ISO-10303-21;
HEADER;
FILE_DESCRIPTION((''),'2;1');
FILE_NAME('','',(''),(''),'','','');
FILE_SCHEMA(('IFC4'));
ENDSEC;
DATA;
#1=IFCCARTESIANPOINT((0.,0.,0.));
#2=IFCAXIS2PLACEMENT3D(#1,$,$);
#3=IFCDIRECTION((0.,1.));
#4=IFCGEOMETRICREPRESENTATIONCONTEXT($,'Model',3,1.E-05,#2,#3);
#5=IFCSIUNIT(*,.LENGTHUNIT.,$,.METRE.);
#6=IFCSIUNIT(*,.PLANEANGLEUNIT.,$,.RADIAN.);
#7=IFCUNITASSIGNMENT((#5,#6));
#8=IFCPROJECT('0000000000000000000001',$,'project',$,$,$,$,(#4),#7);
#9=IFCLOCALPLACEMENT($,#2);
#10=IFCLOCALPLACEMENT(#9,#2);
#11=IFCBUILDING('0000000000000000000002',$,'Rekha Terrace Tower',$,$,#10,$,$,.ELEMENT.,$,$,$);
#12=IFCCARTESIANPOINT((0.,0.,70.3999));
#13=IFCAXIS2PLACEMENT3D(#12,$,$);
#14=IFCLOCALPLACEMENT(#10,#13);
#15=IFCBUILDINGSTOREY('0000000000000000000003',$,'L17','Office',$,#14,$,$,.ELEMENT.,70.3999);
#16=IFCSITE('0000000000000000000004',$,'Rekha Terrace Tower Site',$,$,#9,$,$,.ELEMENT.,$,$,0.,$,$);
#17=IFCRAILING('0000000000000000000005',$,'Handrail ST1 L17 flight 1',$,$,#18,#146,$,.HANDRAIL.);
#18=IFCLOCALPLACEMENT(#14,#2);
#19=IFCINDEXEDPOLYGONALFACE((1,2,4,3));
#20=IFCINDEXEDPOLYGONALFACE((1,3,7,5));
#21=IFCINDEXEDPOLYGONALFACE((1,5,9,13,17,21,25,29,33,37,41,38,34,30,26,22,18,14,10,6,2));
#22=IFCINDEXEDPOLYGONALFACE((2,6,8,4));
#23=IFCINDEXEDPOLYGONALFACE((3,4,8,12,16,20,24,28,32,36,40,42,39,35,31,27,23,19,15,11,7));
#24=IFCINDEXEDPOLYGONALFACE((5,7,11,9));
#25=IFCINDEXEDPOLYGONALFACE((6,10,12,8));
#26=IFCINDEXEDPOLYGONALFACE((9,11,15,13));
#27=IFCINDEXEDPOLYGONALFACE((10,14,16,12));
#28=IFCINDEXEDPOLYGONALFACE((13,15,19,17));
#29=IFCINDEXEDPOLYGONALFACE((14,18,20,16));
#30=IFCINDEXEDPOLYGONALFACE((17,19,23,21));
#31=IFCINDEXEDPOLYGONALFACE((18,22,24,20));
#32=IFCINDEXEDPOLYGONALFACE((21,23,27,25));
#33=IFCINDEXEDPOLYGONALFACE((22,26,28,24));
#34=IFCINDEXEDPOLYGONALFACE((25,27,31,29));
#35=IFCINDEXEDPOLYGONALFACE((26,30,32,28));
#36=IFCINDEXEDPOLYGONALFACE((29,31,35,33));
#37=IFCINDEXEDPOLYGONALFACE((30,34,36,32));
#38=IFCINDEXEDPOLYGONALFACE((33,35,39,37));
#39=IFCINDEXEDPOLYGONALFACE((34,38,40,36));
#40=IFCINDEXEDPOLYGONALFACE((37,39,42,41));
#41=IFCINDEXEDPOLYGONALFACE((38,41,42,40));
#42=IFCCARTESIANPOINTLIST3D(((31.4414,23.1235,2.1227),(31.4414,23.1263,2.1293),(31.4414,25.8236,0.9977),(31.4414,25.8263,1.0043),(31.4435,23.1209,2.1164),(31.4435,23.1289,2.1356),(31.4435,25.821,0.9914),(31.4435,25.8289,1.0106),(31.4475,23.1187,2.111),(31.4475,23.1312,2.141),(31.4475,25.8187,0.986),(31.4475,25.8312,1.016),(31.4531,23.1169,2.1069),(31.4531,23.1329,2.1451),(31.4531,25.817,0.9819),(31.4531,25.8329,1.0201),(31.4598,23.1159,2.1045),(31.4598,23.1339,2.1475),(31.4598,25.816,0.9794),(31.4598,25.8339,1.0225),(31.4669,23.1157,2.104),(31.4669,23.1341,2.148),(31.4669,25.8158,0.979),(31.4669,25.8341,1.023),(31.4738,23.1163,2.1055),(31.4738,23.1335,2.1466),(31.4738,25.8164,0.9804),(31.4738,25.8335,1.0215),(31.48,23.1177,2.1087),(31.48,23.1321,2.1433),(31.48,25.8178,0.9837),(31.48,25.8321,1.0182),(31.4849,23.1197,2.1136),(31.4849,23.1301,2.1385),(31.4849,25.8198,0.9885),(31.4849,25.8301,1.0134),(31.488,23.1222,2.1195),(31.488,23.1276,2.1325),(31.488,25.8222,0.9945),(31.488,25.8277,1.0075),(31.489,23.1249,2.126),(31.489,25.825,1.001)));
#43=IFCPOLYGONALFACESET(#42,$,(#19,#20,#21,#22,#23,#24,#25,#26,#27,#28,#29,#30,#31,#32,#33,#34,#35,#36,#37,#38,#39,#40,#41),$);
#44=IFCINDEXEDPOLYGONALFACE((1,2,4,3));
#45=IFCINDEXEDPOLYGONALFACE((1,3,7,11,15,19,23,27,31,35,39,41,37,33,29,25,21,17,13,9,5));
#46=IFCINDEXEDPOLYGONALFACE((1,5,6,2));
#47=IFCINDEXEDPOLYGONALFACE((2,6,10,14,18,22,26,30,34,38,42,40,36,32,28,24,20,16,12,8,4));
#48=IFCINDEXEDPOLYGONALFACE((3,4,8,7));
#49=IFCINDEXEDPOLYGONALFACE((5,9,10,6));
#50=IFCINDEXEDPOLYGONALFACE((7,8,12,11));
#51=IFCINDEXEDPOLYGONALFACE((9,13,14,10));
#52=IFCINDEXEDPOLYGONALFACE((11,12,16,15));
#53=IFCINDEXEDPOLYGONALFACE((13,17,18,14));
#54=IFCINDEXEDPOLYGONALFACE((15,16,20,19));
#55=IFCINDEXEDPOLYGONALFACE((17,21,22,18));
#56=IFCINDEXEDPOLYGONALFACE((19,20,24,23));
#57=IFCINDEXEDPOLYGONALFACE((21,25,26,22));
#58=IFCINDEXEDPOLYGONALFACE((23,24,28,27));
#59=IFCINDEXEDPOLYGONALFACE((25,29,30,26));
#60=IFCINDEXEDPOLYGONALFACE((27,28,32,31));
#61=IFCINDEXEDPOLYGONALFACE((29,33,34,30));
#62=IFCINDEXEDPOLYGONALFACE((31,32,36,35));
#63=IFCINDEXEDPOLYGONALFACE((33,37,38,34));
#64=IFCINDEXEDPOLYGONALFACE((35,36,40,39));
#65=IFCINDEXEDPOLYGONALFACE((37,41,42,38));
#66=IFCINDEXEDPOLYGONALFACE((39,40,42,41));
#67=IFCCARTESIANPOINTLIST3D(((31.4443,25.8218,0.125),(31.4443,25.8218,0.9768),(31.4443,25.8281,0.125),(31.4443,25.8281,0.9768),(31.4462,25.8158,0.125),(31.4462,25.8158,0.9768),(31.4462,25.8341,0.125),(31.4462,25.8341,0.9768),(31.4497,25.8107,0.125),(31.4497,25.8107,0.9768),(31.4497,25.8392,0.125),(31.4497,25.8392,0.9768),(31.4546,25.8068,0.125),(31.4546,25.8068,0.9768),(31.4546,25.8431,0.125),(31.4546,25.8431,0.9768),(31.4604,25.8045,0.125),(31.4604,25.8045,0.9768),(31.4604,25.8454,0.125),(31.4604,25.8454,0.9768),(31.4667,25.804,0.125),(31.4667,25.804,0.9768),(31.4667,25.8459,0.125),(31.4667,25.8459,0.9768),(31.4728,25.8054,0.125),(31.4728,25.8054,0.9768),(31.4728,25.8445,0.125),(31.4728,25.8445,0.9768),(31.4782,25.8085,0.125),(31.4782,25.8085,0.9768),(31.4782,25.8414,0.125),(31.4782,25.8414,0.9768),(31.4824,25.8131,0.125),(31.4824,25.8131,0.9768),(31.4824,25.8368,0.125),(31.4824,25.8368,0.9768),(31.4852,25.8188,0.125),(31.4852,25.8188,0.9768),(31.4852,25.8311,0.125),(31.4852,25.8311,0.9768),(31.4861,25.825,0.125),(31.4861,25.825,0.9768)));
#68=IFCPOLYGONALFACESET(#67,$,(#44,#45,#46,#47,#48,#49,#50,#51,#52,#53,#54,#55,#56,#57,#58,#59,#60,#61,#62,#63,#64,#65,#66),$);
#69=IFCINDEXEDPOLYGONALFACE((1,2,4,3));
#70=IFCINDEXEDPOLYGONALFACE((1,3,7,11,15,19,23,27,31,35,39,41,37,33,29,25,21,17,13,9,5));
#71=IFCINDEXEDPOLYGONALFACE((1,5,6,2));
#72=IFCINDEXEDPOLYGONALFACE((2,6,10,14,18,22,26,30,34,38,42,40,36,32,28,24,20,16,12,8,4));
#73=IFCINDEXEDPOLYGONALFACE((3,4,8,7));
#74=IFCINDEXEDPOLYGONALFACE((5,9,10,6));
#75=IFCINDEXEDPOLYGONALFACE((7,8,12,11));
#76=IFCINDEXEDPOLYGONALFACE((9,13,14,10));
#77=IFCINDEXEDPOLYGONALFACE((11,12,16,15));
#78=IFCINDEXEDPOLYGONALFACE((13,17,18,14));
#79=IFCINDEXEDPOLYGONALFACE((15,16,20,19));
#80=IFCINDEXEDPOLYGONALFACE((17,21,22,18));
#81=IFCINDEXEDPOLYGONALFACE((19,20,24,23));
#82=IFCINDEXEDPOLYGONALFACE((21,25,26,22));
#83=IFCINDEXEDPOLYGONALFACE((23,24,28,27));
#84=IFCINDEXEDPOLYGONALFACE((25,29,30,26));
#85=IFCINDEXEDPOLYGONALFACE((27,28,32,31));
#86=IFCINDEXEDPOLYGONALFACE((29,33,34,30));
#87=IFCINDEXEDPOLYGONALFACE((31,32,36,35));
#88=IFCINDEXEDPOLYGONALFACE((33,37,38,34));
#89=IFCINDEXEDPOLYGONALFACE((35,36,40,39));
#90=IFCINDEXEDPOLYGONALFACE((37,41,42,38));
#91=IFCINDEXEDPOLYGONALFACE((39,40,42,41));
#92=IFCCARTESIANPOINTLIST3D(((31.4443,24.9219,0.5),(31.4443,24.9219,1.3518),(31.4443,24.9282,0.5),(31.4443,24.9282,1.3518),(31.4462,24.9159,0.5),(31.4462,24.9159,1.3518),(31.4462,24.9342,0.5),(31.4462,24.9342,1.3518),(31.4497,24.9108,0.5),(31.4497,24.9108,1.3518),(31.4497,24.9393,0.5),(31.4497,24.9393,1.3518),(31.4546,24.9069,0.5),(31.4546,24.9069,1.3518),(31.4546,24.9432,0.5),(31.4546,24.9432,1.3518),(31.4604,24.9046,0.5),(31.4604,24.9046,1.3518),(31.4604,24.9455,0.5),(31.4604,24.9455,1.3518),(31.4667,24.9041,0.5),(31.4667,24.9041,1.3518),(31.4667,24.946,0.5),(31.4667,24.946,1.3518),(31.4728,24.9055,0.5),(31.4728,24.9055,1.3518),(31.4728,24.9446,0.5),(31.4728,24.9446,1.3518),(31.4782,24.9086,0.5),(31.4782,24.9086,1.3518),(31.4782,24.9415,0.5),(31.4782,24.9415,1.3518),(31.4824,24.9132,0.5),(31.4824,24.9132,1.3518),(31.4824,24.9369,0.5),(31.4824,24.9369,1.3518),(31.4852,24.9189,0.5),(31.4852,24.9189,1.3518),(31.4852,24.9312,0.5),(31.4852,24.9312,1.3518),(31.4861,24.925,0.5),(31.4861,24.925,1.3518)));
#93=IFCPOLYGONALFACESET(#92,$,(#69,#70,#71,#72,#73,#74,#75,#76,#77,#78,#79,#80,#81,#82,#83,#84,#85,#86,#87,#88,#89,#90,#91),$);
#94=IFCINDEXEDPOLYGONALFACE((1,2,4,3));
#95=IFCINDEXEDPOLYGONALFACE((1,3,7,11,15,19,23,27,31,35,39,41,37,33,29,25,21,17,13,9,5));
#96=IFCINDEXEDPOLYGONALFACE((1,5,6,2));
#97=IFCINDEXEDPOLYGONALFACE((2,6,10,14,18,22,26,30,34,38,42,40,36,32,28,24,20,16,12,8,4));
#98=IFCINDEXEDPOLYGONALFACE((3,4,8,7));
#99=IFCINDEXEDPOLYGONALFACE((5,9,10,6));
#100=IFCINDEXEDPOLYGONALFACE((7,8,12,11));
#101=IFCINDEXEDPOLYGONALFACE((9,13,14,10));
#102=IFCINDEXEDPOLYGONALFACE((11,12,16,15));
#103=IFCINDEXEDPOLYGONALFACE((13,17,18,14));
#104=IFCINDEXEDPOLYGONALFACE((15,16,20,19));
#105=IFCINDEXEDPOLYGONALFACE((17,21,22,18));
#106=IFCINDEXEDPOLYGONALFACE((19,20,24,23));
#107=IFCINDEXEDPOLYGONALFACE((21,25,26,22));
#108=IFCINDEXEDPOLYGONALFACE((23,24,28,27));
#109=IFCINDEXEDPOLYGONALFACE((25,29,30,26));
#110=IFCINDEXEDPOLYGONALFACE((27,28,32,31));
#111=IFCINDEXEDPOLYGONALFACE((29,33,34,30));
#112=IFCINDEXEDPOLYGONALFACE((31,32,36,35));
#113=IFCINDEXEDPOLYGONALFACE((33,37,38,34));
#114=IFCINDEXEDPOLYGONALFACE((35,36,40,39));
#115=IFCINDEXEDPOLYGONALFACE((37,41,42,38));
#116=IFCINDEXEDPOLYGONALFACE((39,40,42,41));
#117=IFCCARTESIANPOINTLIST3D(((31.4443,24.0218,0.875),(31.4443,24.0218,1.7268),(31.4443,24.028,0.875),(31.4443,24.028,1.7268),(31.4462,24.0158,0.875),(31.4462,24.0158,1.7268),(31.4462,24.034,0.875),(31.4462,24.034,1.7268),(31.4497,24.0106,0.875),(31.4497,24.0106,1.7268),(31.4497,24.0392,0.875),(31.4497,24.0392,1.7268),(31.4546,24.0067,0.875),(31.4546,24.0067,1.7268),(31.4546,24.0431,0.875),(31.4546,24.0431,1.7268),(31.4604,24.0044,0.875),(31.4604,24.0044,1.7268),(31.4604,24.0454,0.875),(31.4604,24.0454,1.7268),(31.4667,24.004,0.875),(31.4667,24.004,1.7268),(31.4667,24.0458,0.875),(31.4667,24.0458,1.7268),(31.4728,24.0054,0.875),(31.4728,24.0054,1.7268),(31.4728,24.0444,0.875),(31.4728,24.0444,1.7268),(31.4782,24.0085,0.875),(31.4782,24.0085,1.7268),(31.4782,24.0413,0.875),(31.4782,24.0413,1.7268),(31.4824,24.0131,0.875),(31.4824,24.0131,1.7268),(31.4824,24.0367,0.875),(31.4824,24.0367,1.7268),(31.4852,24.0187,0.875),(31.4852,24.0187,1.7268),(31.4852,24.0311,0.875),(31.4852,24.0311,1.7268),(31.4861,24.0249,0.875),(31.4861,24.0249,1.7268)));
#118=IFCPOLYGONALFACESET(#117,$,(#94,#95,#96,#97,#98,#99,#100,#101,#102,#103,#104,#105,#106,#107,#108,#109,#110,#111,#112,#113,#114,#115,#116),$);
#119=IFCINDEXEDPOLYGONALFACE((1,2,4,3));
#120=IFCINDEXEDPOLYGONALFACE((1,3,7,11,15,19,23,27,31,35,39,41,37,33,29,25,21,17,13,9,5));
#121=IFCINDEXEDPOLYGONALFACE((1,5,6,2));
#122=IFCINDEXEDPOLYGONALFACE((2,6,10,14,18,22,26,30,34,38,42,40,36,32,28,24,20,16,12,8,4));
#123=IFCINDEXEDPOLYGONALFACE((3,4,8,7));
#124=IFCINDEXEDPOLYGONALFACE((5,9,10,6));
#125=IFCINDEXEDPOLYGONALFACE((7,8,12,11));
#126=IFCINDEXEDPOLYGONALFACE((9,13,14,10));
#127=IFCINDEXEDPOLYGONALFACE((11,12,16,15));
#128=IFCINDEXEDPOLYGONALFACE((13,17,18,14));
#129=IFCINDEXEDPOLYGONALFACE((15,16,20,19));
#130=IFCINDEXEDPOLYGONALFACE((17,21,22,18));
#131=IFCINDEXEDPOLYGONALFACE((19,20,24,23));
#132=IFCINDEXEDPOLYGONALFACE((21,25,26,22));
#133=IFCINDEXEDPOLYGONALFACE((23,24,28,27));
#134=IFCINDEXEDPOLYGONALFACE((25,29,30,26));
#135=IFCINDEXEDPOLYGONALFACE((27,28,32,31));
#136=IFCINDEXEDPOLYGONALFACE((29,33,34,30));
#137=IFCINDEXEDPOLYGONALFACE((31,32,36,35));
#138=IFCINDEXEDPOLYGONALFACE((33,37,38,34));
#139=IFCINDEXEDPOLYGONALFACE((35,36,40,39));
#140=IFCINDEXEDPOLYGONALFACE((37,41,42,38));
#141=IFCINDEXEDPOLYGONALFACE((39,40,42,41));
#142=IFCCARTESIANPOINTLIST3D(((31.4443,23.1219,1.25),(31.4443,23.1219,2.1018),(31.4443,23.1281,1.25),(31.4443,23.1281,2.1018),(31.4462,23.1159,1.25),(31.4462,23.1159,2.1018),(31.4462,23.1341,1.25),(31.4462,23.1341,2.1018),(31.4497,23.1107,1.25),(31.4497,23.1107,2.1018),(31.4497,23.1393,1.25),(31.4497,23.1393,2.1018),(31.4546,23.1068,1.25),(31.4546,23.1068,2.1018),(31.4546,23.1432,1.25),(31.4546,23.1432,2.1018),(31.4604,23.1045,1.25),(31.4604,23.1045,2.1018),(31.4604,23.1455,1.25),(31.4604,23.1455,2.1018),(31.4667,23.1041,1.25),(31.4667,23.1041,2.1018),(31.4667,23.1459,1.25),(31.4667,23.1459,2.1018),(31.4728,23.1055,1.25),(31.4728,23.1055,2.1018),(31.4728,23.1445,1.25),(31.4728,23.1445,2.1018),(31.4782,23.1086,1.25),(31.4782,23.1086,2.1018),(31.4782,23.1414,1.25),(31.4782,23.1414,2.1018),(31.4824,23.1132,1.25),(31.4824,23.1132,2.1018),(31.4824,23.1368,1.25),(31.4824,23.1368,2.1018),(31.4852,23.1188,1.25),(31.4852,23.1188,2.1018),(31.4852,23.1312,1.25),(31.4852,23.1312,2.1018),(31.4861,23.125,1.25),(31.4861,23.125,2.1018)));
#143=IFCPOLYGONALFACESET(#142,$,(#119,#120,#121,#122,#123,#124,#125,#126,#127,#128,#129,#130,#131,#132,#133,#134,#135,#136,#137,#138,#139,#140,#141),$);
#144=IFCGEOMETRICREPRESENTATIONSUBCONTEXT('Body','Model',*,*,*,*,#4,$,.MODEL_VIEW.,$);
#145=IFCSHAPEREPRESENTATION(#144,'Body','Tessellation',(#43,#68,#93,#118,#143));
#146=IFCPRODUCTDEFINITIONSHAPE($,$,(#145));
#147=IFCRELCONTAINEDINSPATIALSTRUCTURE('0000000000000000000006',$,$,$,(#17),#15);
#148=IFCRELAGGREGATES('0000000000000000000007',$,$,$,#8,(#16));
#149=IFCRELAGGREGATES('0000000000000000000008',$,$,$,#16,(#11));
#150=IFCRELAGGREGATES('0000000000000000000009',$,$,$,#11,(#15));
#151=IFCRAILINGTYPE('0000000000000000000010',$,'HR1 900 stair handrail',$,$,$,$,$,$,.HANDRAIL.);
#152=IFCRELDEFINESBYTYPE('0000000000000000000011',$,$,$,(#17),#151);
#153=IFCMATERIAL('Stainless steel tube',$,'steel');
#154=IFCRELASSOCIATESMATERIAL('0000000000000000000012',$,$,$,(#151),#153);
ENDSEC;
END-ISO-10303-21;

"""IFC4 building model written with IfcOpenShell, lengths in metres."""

from ifc_helpers import new_model, si_unit, direction, frame, origin, origin_2d, place, context, subcontext, project, spatial, circle, extrude, material, type_object, element, save


model = new_model("IFC4")

# Units and contexts
model_context = context("Model", 3, precision=1e-05, world=origin(), true_north=direction((0.0, 1.0)))
body_context = subcontext(model_context, "Body", "Model", "MODEL_VIEW")
ifc_project = project(units=[si_unit("LENGTHUNIT", "METRE"), si_unit("PLANEANGLEUNIT", "RADIAN")], contexts=[model_context])

# Site, building, storey
site_placement = place(None, origin())
site = spatial("IfcSite", under=ifc_project, at=site_placement, Name="Rekha Terrace Tower Site", CompositionType="ELEMENT", RefElevation=0.0)
building_placement = place(site_placement, origin())
building = spatial("IfcBuilding", under=site, at=building_placement, Name="Rekha Terrace Tower", CompositionType="ELEMENT")
storey_placement = place(building_placement, frame((0.0, 0.0, 70.3999)))
storey = spatial("IfcBuildingStorey", under=building, at=storey_placement, Name="L17", Description="Office", CompositionType="ELEMENT", Elevation=70.3999)

# Railing
ifc_material_1 = material(Name="Stainless steel tube", Category="steel")
railing_type = type_object("IfcRailingType", Name="HR1 900 stair handrail", PredefinedType="HANDRAIL", material=ifc_material_1)
railing_1_placement = place(storey_placement, frame((31.4651, 25.825, 0.125)))
element("IfcRailing", 1, at=railing_1_placement, inside=storey, type_object=railing_type, Name="Handrail ST1 L17 flight 1", PredefinedType="HANDRAIL", context=body_context, shape_type="SweptSolid", body=[
    extrude(circle(Radius=0.0239, at=origin_2d()), frame((0.0, 0.0, 0.876), z_axis=(0.0, -0.923074, 0.384621), x_axis=(1.0, 0.0, 0.0)), (0.0, 0.0, 1.0), 2.925),
    extrude(circle(Radius=0.021, at=origin_2d()), origin(), (0.0, 0.0, 1.0), 0.8518),
    extrude(circle(Radius=0.021, at=origin_2d()), frame((0.0, -0.8999, 0.375)), (0.0, 0.0, 1.0), 0.8518),
    extrude(circle(Radius=0.021, at=origin_2d()), frame((0.0, -1.8, 0.75)), (0.0, 0.0, 1.0), 0.8518),
    extrude(circle(Radius=0.021, at=origin_2d()), frame((0.0, -2.7, 1.125)), (0.0, 0.0, 1.0), 0.8518),
])

save(model, "model.ifc")
